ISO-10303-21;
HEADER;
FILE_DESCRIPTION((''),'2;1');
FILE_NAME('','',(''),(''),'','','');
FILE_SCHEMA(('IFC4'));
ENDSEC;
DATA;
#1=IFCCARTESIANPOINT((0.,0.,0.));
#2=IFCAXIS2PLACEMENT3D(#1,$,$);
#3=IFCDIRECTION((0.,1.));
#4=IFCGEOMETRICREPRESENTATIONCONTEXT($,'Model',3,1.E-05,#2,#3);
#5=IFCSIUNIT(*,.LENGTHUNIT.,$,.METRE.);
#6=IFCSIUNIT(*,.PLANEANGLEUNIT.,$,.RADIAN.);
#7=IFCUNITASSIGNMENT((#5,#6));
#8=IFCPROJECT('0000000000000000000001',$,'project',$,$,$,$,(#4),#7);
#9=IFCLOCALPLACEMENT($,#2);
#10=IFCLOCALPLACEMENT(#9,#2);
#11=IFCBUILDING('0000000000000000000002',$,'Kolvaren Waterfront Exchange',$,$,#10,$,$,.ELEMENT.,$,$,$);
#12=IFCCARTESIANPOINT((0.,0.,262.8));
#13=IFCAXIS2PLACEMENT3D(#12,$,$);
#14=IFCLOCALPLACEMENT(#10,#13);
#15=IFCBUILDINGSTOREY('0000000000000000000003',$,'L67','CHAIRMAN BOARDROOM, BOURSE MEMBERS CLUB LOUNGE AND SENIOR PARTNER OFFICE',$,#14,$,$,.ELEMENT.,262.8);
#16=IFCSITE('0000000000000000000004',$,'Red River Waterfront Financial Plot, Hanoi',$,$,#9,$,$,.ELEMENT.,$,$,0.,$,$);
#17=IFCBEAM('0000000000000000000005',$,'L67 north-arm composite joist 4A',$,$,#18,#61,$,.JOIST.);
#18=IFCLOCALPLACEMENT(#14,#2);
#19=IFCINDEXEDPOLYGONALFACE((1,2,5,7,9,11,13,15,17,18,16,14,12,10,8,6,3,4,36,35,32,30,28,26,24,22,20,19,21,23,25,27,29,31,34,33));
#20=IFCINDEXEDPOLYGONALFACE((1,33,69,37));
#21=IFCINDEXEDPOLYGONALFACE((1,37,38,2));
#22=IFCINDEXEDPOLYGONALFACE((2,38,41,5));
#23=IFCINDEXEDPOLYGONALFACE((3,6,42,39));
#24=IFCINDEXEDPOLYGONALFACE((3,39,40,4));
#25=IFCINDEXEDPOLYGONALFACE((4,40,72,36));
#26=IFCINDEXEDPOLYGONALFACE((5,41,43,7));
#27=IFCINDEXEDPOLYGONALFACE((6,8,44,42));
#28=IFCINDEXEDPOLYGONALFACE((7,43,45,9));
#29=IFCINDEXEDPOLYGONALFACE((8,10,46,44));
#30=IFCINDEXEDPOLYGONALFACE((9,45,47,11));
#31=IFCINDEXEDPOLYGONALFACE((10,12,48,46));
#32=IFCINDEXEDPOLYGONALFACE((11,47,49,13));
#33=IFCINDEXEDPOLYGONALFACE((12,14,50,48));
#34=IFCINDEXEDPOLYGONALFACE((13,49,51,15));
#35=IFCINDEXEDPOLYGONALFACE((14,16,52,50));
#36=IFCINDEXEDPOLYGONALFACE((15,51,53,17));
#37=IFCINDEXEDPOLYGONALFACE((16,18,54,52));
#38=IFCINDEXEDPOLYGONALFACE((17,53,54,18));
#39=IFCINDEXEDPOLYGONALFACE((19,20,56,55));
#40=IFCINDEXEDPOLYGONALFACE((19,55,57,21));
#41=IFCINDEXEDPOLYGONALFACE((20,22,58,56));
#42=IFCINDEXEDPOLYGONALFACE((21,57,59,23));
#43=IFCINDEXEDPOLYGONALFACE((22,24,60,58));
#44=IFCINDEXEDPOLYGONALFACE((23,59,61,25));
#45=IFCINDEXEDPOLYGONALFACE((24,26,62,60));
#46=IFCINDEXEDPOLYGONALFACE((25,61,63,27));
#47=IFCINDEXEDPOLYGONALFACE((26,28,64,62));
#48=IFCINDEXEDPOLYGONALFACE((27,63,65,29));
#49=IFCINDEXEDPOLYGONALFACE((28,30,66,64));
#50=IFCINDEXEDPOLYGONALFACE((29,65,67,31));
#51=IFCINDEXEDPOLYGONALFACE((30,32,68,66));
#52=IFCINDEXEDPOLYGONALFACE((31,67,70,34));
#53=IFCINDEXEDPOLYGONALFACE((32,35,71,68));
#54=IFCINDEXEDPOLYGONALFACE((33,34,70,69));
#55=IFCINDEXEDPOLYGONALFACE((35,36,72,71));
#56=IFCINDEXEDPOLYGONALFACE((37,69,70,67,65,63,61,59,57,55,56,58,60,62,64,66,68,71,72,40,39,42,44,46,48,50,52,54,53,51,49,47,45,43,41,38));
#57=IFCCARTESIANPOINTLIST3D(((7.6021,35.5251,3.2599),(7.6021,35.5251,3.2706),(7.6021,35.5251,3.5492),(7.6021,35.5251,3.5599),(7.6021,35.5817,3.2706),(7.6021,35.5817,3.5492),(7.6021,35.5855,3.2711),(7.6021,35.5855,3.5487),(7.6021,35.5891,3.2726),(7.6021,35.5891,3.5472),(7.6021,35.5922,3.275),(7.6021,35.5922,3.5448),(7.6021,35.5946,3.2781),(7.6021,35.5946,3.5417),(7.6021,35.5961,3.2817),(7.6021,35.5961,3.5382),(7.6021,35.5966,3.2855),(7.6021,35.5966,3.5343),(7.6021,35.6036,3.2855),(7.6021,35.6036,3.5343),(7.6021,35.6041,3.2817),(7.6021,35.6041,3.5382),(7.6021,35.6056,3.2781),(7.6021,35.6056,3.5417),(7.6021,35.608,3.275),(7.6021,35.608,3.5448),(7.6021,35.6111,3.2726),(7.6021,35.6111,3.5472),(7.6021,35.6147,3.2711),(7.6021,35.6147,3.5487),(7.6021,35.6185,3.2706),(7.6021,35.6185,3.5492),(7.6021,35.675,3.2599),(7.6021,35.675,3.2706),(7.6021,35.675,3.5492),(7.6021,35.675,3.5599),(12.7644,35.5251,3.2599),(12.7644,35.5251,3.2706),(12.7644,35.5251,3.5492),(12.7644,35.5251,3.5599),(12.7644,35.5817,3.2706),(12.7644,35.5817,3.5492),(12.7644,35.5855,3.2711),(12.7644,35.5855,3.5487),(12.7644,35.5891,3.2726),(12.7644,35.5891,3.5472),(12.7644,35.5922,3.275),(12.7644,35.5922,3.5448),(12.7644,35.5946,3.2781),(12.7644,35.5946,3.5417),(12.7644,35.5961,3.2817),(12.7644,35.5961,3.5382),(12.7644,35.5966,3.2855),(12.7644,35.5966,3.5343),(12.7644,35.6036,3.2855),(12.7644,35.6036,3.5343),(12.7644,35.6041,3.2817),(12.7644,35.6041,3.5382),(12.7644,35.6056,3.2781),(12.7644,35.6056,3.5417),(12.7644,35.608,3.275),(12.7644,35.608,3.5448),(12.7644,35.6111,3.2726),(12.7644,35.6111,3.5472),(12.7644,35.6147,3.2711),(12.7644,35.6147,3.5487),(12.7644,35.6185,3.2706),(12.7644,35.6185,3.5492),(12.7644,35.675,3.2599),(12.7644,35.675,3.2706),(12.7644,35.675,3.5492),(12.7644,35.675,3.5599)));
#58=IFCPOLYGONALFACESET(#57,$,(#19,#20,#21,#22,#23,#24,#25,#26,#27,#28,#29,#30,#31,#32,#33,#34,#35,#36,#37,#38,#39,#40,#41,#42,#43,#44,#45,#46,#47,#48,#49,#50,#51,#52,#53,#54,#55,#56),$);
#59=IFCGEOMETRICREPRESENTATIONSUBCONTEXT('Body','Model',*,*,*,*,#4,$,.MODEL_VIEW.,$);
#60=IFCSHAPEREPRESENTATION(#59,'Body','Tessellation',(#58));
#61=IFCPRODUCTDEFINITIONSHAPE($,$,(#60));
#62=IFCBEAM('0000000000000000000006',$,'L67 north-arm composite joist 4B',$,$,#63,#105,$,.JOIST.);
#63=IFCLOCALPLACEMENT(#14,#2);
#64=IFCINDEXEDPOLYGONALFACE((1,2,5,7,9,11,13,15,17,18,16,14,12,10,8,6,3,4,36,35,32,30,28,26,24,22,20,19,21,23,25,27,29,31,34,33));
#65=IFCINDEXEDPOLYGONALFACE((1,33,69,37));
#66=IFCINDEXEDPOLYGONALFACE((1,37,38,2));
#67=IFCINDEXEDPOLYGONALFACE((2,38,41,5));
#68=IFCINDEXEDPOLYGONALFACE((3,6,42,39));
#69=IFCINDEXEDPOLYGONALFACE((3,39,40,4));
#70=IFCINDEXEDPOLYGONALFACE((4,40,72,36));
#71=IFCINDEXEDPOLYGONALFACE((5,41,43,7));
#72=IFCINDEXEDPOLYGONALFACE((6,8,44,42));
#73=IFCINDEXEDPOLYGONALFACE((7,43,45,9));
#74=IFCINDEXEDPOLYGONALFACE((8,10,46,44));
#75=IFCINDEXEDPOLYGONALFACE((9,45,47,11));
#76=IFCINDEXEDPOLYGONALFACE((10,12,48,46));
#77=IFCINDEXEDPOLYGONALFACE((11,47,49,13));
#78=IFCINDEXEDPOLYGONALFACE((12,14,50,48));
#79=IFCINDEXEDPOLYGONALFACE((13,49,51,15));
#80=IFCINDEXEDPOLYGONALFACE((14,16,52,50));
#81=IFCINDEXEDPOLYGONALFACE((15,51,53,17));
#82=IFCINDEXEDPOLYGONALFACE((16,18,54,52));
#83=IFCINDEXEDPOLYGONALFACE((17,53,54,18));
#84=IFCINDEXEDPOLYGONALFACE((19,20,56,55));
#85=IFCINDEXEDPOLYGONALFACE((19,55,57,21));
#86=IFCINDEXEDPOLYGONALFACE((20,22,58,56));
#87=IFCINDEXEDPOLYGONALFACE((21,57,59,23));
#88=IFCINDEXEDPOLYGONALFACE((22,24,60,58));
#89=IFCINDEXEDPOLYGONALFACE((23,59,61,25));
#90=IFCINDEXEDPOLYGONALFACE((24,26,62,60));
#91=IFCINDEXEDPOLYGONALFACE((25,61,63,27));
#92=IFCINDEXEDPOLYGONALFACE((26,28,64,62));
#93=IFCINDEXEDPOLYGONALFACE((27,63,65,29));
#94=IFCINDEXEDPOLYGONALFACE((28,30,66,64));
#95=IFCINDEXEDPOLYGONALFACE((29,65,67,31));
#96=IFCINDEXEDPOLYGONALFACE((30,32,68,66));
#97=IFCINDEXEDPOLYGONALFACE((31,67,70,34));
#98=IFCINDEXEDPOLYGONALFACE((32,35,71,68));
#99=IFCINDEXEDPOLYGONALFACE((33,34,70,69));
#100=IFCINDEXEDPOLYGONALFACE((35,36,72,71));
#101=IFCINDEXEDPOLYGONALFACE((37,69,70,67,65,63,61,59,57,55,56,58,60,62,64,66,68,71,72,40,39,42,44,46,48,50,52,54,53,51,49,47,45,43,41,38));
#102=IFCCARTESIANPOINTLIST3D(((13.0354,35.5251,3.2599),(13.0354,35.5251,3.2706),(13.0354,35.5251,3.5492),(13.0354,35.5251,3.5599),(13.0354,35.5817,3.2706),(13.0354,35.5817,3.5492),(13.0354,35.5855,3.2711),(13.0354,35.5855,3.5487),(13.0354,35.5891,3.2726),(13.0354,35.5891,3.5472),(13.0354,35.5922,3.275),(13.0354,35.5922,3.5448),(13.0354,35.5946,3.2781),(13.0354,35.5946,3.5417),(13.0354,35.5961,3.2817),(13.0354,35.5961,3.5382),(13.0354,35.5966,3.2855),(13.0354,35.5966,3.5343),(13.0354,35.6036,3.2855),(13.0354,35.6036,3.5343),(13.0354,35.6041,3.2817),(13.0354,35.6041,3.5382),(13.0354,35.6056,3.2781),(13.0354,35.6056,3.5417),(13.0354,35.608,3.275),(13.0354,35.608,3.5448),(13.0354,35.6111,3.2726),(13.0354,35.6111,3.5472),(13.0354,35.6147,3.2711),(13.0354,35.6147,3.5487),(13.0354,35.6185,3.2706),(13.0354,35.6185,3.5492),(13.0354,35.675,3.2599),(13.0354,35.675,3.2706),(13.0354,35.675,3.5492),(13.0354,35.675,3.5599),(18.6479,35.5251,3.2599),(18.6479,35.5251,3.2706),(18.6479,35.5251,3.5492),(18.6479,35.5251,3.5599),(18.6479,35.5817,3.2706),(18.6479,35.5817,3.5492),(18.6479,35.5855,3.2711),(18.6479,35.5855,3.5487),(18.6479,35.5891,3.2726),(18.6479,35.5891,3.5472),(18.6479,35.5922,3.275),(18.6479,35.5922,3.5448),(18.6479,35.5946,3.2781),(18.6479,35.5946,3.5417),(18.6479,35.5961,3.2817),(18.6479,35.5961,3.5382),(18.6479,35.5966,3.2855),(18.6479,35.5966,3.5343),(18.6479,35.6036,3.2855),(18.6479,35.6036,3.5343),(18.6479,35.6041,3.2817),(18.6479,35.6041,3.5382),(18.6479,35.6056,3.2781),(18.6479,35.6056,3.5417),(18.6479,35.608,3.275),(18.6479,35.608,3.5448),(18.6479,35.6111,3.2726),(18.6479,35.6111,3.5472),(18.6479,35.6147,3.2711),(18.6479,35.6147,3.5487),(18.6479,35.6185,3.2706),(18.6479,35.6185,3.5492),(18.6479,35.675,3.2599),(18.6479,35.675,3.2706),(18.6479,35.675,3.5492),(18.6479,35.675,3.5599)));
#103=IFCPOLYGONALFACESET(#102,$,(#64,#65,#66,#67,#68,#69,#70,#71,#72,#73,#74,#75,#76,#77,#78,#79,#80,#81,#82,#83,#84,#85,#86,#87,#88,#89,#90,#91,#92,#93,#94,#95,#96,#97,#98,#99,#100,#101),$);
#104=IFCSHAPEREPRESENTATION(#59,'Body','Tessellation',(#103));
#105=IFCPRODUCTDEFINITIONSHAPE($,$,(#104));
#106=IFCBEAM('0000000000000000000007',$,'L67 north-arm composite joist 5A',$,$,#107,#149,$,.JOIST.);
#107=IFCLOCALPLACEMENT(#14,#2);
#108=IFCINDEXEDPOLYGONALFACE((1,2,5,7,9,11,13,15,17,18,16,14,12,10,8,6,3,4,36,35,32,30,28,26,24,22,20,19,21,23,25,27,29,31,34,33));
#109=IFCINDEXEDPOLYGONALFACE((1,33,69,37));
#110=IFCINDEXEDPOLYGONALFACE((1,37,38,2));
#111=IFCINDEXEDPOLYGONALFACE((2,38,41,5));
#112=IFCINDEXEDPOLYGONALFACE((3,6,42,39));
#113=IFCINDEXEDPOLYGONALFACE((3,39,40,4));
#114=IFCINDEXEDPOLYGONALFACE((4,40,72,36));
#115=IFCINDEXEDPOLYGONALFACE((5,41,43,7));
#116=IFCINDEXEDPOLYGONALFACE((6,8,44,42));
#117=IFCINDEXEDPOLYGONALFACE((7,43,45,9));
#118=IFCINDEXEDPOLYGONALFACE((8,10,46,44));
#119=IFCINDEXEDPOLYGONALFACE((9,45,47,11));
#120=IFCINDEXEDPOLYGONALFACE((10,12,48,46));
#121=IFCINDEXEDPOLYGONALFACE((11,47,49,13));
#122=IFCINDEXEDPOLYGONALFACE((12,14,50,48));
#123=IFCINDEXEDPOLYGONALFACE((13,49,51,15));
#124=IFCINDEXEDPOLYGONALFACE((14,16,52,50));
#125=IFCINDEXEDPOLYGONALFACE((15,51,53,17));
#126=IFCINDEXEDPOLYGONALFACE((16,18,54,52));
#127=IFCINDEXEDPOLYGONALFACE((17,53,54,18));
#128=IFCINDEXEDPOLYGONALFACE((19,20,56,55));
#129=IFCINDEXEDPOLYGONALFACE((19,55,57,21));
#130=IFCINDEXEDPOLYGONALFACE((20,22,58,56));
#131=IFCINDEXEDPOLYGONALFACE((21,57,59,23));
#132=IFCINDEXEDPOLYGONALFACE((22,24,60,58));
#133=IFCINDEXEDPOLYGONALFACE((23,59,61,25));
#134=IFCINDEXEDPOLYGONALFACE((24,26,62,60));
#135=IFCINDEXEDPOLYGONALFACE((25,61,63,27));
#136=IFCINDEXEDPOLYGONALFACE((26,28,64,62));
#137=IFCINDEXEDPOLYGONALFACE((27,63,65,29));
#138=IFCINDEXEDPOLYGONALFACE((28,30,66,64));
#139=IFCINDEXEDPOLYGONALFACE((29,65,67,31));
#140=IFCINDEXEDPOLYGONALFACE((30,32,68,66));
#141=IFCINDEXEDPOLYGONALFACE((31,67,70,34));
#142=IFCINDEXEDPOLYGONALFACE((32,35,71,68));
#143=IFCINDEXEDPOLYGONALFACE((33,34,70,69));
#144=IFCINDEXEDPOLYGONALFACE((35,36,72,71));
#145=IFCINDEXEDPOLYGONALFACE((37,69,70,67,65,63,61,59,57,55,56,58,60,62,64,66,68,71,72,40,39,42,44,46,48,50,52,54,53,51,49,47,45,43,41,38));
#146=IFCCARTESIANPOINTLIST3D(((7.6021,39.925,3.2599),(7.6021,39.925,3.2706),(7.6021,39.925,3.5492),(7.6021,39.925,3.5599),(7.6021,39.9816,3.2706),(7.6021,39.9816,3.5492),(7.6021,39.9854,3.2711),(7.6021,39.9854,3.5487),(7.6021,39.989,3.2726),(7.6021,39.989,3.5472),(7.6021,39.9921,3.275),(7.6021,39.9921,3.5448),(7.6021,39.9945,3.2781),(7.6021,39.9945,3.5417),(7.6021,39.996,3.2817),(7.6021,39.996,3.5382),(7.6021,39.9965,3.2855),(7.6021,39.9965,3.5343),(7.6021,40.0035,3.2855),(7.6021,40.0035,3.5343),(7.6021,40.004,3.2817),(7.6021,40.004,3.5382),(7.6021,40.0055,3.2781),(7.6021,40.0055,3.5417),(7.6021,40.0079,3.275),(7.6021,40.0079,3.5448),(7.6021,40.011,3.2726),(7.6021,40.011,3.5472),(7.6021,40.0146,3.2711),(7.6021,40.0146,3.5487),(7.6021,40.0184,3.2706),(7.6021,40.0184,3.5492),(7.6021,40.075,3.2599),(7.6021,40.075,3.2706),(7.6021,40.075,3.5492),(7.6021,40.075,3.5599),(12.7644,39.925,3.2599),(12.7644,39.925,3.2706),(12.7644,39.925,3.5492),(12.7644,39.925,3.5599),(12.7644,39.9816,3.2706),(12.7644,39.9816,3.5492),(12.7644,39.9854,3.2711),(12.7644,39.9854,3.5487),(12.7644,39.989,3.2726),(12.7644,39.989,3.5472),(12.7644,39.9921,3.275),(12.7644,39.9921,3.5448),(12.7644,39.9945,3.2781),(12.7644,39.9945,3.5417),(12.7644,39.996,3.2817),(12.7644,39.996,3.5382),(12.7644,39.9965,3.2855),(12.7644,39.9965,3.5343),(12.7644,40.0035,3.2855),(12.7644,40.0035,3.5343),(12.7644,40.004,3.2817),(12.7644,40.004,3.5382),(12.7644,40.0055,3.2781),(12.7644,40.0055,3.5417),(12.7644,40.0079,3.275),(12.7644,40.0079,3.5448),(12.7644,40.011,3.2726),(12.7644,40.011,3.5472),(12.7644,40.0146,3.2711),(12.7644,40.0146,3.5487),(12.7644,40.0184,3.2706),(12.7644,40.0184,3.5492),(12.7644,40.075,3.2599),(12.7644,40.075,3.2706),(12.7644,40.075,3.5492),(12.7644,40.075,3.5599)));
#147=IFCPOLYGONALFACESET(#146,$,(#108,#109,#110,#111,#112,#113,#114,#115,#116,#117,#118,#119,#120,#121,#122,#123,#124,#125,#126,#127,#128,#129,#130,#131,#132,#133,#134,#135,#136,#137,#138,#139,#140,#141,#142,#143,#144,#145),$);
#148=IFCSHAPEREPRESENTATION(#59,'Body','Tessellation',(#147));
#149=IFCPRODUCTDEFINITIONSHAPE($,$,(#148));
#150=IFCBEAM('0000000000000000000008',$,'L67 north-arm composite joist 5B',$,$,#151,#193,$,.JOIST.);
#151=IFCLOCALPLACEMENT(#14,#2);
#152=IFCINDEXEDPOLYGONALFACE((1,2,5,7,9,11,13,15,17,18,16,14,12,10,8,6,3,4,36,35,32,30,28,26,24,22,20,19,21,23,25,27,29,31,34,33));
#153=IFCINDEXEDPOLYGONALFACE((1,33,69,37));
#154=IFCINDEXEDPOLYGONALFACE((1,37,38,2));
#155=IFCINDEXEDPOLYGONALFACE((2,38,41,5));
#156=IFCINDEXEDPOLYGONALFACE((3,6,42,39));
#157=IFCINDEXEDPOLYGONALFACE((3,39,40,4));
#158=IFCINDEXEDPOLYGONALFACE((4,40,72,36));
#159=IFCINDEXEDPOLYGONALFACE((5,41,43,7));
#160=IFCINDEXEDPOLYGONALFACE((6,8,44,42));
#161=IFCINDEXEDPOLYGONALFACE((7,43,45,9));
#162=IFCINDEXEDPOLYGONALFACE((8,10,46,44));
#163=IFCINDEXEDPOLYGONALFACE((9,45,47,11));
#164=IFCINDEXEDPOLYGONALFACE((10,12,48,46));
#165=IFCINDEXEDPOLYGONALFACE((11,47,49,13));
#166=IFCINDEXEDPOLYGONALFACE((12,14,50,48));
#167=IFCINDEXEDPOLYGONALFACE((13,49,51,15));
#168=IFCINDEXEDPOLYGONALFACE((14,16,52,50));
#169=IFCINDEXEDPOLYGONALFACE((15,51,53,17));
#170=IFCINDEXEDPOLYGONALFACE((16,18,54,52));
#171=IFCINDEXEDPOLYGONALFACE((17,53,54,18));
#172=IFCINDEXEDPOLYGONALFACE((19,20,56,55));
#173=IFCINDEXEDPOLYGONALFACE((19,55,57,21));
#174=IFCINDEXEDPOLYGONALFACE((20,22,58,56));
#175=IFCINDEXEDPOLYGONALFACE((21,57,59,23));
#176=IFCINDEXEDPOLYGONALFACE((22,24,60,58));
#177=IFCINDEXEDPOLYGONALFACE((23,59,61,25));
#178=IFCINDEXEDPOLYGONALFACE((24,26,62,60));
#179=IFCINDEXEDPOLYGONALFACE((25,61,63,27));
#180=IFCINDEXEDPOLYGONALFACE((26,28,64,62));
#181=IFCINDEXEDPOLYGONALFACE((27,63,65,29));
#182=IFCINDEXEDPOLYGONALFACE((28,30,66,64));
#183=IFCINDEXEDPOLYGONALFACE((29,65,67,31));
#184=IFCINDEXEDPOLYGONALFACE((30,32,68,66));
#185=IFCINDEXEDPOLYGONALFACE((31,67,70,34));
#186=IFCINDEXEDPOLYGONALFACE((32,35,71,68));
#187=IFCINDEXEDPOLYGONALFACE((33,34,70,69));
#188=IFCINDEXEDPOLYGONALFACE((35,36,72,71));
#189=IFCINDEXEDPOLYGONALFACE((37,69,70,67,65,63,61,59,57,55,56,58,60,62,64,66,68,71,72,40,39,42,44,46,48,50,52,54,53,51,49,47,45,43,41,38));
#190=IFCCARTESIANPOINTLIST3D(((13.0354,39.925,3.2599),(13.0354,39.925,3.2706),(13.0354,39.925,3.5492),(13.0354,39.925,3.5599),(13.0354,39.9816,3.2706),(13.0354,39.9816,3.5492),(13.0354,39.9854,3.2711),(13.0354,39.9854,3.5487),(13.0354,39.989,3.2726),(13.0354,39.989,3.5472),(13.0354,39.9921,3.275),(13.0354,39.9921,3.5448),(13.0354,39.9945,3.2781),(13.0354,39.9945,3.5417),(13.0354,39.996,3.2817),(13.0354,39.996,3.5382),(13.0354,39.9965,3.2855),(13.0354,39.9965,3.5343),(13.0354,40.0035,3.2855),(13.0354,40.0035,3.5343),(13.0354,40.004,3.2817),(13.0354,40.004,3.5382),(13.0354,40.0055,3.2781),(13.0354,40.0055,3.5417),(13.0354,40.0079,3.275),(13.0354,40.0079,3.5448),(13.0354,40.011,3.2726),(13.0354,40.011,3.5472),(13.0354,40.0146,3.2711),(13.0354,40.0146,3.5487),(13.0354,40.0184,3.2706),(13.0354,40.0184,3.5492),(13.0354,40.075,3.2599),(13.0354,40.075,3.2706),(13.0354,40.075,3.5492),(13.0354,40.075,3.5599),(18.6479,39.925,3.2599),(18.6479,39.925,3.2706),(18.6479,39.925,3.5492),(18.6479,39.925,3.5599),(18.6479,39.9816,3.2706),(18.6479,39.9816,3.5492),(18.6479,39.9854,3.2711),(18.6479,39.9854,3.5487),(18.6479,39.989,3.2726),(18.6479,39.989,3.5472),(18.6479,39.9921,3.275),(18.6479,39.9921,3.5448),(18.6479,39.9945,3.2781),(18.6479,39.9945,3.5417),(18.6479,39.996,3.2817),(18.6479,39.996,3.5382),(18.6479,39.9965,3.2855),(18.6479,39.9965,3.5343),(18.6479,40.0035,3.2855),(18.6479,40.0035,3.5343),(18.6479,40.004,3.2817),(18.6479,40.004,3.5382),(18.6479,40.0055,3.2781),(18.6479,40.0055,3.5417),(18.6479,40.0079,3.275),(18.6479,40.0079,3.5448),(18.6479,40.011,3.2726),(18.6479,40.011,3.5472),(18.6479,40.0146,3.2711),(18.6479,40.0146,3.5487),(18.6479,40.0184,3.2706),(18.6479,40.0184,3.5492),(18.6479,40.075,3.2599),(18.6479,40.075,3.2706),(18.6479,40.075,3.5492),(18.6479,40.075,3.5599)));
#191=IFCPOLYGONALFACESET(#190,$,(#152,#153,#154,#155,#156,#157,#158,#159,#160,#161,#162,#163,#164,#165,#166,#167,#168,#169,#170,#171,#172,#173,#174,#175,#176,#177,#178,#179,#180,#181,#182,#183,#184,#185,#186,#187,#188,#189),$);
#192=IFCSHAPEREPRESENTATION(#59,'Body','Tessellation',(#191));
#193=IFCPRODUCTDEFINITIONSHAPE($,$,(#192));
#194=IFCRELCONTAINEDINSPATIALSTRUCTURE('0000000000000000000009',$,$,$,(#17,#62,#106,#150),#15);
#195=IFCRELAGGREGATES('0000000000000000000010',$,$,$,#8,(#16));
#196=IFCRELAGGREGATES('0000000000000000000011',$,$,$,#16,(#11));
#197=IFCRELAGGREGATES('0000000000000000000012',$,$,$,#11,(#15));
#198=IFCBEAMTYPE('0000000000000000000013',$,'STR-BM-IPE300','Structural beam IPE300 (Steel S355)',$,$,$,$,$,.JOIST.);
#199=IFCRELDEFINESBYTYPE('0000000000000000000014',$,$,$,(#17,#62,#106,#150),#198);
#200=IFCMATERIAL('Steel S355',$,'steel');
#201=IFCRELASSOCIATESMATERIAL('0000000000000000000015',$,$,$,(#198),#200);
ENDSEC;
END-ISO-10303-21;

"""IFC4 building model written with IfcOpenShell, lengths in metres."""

from ifc_helpers import new_model, si_unit, direction, frame, origin, origin_2d, place, context, subcontext, project, spatial, i_section, extrude, material, material_profile, profile_set, type_object, element, save


model = new_model("IFC4")

# Units and contexts
model_context = context("Model", 3, precision=1e-05, world=origin(), true_north=direction((0.0, 1.0)))
body_context = subcontext(model_context, "Body", "Model", "MODEL_VIEW")
ifc_project = project(units=[si_unit("LENGTHUNIT", "METRE"), si_unit("PLANEANGLEUNIT", "RADIAN")], contexts=[model_context])

# Site, building, storey
site_placement = place(None, origin())
site = spatial("IfcSite", under=ifc_project, at=site_placement, Name="Red River Waterfront Financial Plot, Hanoi", CompositionType="ELEMENT", RefElevation=0.0)
building_placement = place(site_placement, origin())
building = spatial("IfcBuilding", under=site, at=building_placement, Name="Kolvaren Waterfront Exchange", CompositionType="ELEMENT")
storey_placement = place(building_placement, frame((0.0, 0.0, 262.8)))
storey = spatial("IfcBuildingStorey", under=building, at=storey_placement, Name="L67", Description="CHAIRMAN BOARDROOM, BOURSE MEMBERS CLUB LOUNGE AND SENIOR PARTNER OFFICE", CompositionType="ELEMENT", Elevation=262.8)

# Beams
ifc_material_1 = material(Name="Steel S355", Category="steel")
ifc_material_profile_1 = material_profile(ifc_material_1, i_section(OverallWidth=0.1499, OverallDepth=0.3, WebThickness=0.0071, FlangeThickness=0.0107, FilletRadius=0.0149, at=origin_2d()), Name="IPE300")
ifc_profile_set_1 = profile_set([ifc_material_profile_1], Name="Steel S355")
beam_type_1 = type_object("IfcBeamType", Name="STR-BM-IPE300", Description="Structural beam IPE300 (Steel S355)", PredefinedType="JOIST", material=ifc_profile_set_1)
beam_1_placement = place(storey_placement, frame((7.6021, 35.6001, 3.4099), z_axis=(1.0, 0.0, 0.0), x_axis=(0.0, 1.0, 0.0)))
element("IfcBeam", 1, at=beam_1_placement, inside=storey, type_object=beam_type_1, Name="L67 north-arm composite joist 4A", PredefinedType="JOIST", context=body_context, shape_type="SweptSolid", body=[
    extrude(i_section(OverallWidth=0.1499, OverallDepth=0.3, WebThickness=0.0071, FlangeThickness=0.0107, FilletRadius=0.0149, at=origin_2d()), origin(), (0.0, 0.0, 1.0), 5.1624),
])
beam_2_placement = place(storey_placement, frame((13.0354, 35.6001, 3.4099), z_axis=(1.0, 0.0, 0.0), x_axis=(0.0, 1.0, 0.0)))
element("IfcBeam", 2, at=beam_2_placement, inside=storey, type_object=beam_type_1, Name="L67 north-arm composite joist 4B", PredefinedType="JOIST", context=body_context, shape_type="SweptSolid", body=[
    extrude(i_section(OverallWidth=0.1499, OverallDepth=0.3, WebThickness=0.0071, FlangeThickness=0.0107, FilletRadius=0.0149, at=origin_2d()), origin(), (0.0, 0.0, 1.0), 5.6125),
])
beam_3_placement = place(storey_placement, frame((7.6021, 40.0, 3.4099), z_axis=(1.0, 0.0, 0.0), x_axis=(0.0, 1.0, 0.0)))
element("IfcBeam", 3, at=beam_3_placement, inside=storey, type_object=beam_type_1, Name="L67 north-arm composite joist 5A", PredefinedType="JOIST", context=body_context, shape_type="SweptSolid", body=[
    extrude(i_section(OverallWidth=0.1499, OverallDepth=0.3, WebThickness=0.0071, FlangeThickness=0.0107, FilletRadius=0.0149, at=origin_2d()), origin(), (0.0, 0.0, 1.0), 5.1624),
])
beam_4_placement = place(storey_placement, frame((13.0354, 40.0, 3.4099), z_axis=(1.0, 0.0, 0.0), x_axis=(0.0, 1.0, 0.0)))
element("IfcBeam", 4, at=beam_4_placement, inside=storey, type_object=beam_type_1, Name="L67 north-arm composite joist 5B", PredefinedType="JOIST", context=body_context, shape_type="SweptSolid", body=[
    extrude(i_section(OverallWidth=0.1499, OverallDepth=0.3, WebThickness=0.0071, FlangeThickness=0.0107, FilletRadius=0.0149, at=origin_2d()), origin(), (0.0, 0.0, 1.0), 5.6125),
])

save(model, "model.ifc")
